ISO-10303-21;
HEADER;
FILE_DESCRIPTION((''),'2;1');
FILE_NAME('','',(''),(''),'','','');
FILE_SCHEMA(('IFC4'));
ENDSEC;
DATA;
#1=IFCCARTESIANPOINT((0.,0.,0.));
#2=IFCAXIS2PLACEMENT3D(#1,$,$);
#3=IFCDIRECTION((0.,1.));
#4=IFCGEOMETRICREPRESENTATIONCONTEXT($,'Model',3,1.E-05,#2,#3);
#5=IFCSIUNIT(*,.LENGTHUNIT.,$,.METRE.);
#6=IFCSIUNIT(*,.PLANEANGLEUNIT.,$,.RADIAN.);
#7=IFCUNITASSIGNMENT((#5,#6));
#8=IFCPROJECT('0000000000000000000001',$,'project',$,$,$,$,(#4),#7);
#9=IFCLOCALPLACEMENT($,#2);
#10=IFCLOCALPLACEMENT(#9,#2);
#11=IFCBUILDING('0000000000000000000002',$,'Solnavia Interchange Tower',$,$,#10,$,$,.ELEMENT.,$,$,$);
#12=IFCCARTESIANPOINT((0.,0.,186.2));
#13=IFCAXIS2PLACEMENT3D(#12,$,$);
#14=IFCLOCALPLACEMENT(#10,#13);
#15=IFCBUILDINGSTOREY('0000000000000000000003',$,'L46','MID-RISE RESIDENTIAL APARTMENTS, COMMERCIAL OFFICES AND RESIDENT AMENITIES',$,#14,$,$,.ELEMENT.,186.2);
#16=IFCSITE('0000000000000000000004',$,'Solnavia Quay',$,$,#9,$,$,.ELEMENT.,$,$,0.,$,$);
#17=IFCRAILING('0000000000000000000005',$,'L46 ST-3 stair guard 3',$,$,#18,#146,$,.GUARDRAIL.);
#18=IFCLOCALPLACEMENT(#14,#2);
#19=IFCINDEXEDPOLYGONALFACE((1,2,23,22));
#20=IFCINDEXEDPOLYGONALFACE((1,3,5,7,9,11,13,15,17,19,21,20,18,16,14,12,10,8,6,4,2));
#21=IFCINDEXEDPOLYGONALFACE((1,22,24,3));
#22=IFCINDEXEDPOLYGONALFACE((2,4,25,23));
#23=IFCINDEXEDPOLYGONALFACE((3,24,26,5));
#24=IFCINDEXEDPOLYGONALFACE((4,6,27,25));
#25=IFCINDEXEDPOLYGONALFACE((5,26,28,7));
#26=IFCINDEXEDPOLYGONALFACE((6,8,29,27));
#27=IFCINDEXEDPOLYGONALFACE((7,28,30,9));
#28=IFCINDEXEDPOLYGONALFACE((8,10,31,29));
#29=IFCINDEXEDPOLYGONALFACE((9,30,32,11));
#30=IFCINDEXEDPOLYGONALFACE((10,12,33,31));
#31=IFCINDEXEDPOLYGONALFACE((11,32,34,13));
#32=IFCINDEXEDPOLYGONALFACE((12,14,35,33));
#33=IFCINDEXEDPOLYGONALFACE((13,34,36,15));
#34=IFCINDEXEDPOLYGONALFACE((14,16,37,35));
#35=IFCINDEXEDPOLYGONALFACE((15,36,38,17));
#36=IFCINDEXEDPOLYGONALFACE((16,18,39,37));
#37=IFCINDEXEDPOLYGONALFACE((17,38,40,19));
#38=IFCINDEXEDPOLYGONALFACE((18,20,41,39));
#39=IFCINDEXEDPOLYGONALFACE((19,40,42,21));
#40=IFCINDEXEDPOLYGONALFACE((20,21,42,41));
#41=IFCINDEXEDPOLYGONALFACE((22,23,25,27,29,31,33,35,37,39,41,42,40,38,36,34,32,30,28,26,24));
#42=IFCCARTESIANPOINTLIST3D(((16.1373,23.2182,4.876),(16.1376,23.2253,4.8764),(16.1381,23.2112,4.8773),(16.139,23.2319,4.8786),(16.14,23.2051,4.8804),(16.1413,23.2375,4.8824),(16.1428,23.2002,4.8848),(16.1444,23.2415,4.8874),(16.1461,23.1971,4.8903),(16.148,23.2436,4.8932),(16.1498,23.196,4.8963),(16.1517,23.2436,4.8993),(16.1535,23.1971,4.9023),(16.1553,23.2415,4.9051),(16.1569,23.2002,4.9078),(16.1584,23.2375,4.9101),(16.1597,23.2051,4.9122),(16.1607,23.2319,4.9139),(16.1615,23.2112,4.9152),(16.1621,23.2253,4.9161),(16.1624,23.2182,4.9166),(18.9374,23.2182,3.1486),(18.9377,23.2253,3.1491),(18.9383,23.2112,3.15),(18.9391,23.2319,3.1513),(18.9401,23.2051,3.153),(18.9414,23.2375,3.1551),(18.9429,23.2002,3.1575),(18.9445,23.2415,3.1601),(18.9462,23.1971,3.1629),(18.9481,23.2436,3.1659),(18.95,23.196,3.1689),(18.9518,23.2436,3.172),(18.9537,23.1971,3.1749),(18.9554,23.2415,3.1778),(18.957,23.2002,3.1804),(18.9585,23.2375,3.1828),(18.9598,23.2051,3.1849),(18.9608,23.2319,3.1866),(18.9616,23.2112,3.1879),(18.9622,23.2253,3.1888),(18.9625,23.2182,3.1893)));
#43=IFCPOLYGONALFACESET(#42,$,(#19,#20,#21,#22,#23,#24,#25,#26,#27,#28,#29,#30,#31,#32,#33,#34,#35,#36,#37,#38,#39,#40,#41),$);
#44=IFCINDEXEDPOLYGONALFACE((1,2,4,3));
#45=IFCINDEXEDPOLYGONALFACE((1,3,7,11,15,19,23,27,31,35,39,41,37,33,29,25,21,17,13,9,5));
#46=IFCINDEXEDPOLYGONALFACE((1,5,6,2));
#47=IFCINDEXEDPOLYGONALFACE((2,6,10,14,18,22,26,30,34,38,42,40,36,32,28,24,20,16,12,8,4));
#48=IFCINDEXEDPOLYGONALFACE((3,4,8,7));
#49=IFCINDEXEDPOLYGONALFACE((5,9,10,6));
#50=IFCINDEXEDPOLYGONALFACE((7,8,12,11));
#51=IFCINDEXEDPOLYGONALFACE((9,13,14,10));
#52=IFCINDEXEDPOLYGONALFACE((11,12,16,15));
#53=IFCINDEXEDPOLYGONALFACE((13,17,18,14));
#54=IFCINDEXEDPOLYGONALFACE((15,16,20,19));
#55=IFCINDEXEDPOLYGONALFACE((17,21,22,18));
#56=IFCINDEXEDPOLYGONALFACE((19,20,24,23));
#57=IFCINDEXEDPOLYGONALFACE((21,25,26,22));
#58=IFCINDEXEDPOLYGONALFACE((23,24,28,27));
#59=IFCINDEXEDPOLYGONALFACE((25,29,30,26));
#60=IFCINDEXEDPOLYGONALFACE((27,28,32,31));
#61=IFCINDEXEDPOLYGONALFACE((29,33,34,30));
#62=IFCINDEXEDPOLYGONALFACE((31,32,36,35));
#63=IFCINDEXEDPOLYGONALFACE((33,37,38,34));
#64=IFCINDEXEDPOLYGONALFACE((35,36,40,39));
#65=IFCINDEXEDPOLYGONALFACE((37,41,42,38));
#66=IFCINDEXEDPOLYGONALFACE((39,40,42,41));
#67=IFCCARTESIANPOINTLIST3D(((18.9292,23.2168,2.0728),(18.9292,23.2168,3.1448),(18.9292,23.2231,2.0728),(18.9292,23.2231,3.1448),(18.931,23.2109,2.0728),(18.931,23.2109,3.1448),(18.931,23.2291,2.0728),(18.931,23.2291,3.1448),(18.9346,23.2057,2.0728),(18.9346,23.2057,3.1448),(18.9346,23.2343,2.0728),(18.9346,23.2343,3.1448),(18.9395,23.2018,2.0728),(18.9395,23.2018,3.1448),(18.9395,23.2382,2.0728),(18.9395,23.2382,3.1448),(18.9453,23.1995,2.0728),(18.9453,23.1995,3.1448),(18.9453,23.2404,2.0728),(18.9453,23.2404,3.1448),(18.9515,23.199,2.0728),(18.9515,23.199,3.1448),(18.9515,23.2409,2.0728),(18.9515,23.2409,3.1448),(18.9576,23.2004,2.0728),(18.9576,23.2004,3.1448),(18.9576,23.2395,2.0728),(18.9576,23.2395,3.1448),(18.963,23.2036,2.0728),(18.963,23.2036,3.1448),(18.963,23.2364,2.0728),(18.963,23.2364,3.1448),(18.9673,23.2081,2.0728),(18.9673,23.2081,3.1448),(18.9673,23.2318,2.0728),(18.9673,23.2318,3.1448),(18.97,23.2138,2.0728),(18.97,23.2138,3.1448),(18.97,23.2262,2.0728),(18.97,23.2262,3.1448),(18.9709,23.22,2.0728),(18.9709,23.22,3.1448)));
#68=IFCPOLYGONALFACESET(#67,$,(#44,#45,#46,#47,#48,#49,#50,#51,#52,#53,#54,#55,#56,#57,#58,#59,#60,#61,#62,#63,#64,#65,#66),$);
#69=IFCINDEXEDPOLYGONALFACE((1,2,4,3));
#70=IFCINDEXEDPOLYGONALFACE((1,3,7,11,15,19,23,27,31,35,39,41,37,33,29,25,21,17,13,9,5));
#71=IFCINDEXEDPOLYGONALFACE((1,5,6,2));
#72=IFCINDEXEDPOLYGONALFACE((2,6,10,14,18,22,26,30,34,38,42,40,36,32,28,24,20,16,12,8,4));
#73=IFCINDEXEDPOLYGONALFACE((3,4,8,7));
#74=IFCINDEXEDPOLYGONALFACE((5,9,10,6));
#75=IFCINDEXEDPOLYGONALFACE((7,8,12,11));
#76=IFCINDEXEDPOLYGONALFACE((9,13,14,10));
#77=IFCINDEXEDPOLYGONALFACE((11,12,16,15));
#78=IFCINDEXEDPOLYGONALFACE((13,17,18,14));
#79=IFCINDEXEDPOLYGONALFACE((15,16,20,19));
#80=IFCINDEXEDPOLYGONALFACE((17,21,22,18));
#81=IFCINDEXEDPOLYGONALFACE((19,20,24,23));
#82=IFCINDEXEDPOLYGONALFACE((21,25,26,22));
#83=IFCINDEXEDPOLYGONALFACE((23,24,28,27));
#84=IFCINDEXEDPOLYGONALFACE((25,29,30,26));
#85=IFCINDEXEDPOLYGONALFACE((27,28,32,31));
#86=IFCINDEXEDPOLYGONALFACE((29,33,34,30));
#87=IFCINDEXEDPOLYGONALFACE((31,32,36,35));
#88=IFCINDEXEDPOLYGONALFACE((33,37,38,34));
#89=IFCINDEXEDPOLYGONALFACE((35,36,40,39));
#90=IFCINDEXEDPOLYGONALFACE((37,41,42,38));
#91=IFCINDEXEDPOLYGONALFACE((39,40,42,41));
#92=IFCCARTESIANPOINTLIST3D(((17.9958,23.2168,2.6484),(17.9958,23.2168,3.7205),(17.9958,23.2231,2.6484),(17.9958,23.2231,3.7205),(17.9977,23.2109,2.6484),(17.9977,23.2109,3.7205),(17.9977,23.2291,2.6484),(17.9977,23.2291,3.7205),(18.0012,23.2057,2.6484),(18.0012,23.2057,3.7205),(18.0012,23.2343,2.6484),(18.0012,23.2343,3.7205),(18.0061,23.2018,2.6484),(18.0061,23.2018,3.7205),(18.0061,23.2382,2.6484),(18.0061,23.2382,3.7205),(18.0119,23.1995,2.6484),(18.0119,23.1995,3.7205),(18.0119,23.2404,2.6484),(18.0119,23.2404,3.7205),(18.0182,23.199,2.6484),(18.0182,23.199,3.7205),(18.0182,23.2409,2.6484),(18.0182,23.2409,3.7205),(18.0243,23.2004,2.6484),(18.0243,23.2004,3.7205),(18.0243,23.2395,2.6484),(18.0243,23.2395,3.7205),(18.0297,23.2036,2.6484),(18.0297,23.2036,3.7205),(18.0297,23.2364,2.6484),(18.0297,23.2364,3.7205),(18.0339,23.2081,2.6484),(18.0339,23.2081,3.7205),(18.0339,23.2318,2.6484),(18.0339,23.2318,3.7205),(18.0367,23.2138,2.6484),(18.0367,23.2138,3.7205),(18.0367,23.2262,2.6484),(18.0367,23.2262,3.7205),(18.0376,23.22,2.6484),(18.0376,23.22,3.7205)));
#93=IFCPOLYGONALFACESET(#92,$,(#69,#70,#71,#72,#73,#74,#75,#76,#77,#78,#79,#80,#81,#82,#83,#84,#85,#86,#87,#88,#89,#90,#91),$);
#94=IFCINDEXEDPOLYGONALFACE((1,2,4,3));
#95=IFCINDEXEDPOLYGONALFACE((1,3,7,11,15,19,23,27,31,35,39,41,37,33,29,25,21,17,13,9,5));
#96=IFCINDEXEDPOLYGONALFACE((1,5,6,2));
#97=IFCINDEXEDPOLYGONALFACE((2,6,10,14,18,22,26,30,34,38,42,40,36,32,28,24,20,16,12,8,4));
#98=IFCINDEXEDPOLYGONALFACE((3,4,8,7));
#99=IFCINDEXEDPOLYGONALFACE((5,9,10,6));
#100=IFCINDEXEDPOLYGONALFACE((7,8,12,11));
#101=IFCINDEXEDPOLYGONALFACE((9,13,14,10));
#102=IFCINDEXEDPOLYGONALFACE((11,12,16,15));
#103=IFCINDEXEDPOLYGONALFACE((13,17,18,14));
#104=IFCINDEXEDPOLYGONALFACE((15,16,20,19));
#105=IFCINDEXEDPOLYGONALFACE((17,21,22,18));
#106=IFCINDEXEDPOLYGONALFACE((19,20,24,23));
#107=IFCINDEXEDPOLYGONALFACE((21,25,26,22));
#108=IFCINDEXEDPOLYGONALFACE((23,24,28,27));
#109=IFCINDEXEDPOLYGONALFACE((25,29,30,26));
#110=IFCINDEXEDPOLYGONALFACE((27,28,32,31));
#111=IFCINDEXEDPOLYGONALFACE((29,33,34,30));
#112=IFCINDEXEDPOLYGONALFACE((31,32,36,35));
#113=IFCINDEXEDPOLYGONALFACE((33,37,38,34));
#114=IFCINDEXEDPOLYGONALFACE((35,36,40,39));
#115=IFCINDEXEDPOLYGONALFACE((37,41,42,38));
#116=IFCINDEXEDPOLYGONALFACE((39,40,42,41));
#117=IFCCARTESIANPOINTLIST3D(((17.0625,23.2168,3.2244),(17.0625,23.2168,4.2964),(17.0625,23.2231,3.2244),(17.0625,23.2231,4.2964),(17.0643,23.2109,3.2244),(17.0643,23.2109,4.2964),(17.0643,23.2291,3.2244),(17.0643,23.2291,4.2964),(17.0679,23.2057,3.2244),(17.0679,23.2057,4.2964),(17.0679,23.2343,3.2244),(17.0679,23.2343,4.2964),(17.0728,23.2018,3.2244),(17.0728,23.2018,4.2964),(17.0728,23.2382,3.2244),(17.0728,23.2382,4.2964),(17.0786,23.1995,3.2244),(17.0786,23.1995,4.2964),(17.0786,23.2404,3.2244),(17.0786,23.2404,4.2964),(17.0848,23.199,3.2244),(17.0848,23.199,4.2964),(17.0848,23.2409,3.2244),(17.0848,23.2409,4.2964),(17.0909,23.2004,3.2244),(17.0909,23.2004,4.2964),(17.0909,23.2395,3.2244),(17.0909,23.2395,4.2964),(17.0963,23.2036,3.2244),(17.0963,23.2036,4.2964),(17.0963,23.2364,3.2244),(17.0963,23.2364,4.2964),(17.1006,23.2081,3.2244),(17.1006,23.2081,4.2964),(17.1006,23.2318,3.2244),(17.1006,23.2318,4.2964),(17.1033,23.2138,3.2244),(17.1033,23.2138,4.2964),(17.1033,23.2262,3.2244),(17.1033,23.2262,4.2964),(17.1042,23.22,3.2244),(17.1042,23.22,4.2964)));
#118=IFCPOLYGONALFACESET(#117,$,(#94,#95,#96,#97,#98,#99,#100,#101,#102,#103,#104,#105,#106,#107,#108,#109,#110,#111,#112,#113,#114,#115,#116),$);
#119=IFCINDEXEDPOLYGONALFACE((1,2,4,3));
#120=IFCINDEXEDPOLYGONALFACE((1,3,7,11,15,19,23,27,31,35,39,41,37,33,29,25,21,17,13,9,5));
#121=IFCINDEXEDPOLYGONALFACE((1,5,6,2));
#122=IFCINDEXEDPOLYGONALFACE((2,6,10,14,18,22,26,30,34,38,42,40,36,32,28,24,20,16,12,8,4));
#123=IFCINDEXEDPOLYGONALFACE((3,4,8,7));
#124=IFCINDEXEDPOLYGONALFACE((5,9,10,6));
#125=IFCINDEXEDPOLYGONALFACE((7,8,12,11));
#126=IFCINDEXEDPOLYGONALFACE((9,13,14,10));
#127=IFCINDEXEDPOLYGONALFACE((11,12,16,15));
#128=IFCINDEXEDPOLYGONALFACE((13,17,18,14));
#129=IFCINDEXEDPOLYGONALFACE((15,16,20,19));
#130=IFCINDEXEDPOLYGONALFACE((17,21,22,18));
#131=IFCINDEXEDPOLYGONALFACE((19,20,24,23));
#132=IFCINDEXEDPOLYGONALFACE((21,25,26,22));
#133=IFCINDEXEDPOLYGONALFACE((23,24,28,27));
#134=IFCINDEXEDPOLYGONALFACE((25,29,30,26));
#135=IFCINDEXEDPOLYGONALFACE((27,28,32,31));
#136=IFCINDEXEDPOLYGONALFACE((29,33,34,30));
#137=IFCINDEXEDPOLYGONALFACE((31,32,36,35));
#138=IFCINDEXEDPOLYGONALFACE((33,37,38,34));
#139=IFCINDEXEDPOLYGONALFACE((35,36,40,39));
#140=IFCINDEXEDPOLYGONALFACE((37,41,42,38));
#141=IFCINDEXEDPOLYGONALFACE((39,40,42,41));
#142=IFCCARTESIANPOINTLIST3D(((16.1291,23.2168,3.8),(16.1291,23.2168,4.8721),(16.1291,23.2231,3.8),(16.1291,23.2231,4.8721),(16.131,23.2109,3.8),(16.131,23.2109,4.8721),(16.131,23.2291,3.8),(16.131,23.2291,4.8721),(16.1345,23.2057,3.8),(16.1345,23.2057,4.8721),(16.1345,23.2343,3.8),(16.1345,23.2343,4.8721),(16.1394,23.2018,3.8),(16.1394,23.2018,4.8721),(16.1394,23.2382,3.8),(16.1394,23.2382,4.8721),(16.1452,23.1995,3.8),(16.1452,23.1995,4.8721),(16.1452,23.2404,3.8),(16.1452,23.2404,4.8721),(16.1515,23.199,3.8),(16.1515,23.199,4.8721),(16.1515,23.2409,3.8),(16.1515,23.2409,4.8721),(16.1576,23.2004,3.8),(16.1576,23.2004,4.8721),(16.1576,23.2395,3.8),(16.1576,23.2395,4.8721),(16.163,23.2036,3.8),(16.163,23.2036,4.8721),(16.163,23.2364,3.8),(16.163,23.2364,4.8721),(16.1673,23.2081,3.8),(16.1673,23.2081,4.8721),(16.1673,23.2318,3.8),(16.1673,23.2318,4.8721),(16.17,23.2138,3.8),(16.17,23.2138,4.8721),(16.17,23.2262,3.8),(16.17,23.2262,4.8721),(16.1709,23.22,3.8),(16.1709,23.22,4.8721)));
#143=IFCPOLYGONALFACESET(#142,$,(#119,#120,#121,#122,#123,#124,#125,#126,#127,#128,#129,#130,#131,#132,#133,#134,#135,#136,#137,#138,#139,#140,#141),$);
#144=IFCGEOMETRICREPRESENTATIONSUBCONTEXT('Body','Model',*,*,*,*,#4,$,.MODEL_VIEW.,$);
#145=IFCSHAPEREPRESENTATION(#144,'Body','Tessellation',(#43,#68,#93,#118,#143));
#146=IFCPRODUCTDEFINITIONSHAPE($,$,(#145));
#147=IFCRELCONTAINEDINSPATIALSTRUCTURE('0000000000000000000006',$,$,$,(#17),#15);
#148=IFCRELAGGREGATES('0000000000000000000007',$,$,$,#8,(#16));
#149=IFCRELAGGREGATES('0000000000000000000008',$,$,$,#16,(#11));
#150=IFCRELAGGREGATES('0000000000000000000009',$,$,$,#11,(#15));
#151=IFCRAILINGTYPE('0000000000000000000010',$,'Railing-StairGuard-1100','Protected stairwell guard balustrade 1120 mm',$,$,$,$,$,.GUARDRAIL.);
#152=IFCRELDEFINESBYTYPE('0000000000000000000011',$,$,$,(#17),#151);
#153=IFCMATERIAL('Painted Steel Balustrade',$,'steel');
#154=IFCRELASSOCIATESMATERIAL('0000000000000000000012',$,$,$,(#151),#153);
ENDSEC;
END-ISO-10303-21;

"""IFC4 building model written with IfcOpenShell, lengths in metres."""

from ifc_helpers import new_model, si_unit, direction, frame, origin, origin_2d, place, context, subcontext, project, spatial, circle, extrude, material, type_object, element, save


model = new_model("IFC4")

# Units and contexts
model_context = context("Model", 3, precision=1e-05, world=origin(), true_north=direction((0.0, 1.0)))
body_context = subcontext(model_context, "Body", "Model", "MODEL_VIEW")
ifc_project = project(units=[si_unit("LENGTHUNIT", "METRE"), si_unit("PLANEANGLEUNIT", "RADIAN")], contexts=[model_context])

# Site, building, storey
site_placement = place(None, origin())
site = spatial("IfcSite", under=ifc_project, at=site_placement, Name="Solnavia Quay", CompositionType="ELEMENT", RefElevation=0.0)
building_placement = place(site_placement, origin())
building = spatial("IfcBuilding", under=site, at=building_placement, Name="Solnavia Interchange Tower", CompositionType="ELEMENT")
storey_placement = place(building_placement, frame((0.0, 0.0, 186.2)))
storey = spatial("IfcBuildingStorey", under=building, at=storey_placement, Name="L46", Description="MID-RISE RESIDENTIAL APARTMENTS, COMMERCIAL OFFICES AND RESIDENT AMENITIES", CompositionType="ELEMENT", Elevation=186.2)

# Railing
ifc_material_1 = material(Name="Painted Steel Balustrade", Category="steel")
railing_type_1 = type_object("IfcRailingType", Name="Railing-StairGuard-1100", Description="Protected stairwell guard balustrade 1120 mm", PredefinedType="GUARDRAIL", material=ifc_material_1)
railing_1_placement = place(storey_placement, frame((18.95, 23.22, 2.0728)))
element("IfcRailing", 1, at=railing_1_placement, inside=storey, type_object=railing_type_1, Name="L46 ST-3 stair guard 3", PredefinedType="GUARDRAIL", context=body_context, shape_type="SweptSolid", body=[
    extrude(circle(Radius=0.0239, at=origin_2d()), frame((0.0, 0.0, 1.0962), z_axis=(-0.85109, 0.0, 0.52502), x_axis=(0.0, -1.0, 0.0)), (0.0, 0.0, 1.0), 3.29),
    extrude(circle(Radius=0.021, at=origin_2d()), origin(), (0.0, 0.0, 1.0), 1.072),
    extrude(circle(Radius=0.021, at=origin_2d()), frame((-0.9333, 0.0, 0.5757)), (0.0, 0.0, 1.0), 1.072),
    extrude(circle(Radius=0.021, at=origin_2d()), frame((-1.8667, 0.0, 1.1516)), (0.0, 0.0, 1.0), 1.072),
    extrude(circle(Radius=0.021, at=origin_2d()), frame((-2.8, 0.0, 1.7273)), (0.0, 0.0, 1.0), 1.072),
])

save(model, "model.ifc")
